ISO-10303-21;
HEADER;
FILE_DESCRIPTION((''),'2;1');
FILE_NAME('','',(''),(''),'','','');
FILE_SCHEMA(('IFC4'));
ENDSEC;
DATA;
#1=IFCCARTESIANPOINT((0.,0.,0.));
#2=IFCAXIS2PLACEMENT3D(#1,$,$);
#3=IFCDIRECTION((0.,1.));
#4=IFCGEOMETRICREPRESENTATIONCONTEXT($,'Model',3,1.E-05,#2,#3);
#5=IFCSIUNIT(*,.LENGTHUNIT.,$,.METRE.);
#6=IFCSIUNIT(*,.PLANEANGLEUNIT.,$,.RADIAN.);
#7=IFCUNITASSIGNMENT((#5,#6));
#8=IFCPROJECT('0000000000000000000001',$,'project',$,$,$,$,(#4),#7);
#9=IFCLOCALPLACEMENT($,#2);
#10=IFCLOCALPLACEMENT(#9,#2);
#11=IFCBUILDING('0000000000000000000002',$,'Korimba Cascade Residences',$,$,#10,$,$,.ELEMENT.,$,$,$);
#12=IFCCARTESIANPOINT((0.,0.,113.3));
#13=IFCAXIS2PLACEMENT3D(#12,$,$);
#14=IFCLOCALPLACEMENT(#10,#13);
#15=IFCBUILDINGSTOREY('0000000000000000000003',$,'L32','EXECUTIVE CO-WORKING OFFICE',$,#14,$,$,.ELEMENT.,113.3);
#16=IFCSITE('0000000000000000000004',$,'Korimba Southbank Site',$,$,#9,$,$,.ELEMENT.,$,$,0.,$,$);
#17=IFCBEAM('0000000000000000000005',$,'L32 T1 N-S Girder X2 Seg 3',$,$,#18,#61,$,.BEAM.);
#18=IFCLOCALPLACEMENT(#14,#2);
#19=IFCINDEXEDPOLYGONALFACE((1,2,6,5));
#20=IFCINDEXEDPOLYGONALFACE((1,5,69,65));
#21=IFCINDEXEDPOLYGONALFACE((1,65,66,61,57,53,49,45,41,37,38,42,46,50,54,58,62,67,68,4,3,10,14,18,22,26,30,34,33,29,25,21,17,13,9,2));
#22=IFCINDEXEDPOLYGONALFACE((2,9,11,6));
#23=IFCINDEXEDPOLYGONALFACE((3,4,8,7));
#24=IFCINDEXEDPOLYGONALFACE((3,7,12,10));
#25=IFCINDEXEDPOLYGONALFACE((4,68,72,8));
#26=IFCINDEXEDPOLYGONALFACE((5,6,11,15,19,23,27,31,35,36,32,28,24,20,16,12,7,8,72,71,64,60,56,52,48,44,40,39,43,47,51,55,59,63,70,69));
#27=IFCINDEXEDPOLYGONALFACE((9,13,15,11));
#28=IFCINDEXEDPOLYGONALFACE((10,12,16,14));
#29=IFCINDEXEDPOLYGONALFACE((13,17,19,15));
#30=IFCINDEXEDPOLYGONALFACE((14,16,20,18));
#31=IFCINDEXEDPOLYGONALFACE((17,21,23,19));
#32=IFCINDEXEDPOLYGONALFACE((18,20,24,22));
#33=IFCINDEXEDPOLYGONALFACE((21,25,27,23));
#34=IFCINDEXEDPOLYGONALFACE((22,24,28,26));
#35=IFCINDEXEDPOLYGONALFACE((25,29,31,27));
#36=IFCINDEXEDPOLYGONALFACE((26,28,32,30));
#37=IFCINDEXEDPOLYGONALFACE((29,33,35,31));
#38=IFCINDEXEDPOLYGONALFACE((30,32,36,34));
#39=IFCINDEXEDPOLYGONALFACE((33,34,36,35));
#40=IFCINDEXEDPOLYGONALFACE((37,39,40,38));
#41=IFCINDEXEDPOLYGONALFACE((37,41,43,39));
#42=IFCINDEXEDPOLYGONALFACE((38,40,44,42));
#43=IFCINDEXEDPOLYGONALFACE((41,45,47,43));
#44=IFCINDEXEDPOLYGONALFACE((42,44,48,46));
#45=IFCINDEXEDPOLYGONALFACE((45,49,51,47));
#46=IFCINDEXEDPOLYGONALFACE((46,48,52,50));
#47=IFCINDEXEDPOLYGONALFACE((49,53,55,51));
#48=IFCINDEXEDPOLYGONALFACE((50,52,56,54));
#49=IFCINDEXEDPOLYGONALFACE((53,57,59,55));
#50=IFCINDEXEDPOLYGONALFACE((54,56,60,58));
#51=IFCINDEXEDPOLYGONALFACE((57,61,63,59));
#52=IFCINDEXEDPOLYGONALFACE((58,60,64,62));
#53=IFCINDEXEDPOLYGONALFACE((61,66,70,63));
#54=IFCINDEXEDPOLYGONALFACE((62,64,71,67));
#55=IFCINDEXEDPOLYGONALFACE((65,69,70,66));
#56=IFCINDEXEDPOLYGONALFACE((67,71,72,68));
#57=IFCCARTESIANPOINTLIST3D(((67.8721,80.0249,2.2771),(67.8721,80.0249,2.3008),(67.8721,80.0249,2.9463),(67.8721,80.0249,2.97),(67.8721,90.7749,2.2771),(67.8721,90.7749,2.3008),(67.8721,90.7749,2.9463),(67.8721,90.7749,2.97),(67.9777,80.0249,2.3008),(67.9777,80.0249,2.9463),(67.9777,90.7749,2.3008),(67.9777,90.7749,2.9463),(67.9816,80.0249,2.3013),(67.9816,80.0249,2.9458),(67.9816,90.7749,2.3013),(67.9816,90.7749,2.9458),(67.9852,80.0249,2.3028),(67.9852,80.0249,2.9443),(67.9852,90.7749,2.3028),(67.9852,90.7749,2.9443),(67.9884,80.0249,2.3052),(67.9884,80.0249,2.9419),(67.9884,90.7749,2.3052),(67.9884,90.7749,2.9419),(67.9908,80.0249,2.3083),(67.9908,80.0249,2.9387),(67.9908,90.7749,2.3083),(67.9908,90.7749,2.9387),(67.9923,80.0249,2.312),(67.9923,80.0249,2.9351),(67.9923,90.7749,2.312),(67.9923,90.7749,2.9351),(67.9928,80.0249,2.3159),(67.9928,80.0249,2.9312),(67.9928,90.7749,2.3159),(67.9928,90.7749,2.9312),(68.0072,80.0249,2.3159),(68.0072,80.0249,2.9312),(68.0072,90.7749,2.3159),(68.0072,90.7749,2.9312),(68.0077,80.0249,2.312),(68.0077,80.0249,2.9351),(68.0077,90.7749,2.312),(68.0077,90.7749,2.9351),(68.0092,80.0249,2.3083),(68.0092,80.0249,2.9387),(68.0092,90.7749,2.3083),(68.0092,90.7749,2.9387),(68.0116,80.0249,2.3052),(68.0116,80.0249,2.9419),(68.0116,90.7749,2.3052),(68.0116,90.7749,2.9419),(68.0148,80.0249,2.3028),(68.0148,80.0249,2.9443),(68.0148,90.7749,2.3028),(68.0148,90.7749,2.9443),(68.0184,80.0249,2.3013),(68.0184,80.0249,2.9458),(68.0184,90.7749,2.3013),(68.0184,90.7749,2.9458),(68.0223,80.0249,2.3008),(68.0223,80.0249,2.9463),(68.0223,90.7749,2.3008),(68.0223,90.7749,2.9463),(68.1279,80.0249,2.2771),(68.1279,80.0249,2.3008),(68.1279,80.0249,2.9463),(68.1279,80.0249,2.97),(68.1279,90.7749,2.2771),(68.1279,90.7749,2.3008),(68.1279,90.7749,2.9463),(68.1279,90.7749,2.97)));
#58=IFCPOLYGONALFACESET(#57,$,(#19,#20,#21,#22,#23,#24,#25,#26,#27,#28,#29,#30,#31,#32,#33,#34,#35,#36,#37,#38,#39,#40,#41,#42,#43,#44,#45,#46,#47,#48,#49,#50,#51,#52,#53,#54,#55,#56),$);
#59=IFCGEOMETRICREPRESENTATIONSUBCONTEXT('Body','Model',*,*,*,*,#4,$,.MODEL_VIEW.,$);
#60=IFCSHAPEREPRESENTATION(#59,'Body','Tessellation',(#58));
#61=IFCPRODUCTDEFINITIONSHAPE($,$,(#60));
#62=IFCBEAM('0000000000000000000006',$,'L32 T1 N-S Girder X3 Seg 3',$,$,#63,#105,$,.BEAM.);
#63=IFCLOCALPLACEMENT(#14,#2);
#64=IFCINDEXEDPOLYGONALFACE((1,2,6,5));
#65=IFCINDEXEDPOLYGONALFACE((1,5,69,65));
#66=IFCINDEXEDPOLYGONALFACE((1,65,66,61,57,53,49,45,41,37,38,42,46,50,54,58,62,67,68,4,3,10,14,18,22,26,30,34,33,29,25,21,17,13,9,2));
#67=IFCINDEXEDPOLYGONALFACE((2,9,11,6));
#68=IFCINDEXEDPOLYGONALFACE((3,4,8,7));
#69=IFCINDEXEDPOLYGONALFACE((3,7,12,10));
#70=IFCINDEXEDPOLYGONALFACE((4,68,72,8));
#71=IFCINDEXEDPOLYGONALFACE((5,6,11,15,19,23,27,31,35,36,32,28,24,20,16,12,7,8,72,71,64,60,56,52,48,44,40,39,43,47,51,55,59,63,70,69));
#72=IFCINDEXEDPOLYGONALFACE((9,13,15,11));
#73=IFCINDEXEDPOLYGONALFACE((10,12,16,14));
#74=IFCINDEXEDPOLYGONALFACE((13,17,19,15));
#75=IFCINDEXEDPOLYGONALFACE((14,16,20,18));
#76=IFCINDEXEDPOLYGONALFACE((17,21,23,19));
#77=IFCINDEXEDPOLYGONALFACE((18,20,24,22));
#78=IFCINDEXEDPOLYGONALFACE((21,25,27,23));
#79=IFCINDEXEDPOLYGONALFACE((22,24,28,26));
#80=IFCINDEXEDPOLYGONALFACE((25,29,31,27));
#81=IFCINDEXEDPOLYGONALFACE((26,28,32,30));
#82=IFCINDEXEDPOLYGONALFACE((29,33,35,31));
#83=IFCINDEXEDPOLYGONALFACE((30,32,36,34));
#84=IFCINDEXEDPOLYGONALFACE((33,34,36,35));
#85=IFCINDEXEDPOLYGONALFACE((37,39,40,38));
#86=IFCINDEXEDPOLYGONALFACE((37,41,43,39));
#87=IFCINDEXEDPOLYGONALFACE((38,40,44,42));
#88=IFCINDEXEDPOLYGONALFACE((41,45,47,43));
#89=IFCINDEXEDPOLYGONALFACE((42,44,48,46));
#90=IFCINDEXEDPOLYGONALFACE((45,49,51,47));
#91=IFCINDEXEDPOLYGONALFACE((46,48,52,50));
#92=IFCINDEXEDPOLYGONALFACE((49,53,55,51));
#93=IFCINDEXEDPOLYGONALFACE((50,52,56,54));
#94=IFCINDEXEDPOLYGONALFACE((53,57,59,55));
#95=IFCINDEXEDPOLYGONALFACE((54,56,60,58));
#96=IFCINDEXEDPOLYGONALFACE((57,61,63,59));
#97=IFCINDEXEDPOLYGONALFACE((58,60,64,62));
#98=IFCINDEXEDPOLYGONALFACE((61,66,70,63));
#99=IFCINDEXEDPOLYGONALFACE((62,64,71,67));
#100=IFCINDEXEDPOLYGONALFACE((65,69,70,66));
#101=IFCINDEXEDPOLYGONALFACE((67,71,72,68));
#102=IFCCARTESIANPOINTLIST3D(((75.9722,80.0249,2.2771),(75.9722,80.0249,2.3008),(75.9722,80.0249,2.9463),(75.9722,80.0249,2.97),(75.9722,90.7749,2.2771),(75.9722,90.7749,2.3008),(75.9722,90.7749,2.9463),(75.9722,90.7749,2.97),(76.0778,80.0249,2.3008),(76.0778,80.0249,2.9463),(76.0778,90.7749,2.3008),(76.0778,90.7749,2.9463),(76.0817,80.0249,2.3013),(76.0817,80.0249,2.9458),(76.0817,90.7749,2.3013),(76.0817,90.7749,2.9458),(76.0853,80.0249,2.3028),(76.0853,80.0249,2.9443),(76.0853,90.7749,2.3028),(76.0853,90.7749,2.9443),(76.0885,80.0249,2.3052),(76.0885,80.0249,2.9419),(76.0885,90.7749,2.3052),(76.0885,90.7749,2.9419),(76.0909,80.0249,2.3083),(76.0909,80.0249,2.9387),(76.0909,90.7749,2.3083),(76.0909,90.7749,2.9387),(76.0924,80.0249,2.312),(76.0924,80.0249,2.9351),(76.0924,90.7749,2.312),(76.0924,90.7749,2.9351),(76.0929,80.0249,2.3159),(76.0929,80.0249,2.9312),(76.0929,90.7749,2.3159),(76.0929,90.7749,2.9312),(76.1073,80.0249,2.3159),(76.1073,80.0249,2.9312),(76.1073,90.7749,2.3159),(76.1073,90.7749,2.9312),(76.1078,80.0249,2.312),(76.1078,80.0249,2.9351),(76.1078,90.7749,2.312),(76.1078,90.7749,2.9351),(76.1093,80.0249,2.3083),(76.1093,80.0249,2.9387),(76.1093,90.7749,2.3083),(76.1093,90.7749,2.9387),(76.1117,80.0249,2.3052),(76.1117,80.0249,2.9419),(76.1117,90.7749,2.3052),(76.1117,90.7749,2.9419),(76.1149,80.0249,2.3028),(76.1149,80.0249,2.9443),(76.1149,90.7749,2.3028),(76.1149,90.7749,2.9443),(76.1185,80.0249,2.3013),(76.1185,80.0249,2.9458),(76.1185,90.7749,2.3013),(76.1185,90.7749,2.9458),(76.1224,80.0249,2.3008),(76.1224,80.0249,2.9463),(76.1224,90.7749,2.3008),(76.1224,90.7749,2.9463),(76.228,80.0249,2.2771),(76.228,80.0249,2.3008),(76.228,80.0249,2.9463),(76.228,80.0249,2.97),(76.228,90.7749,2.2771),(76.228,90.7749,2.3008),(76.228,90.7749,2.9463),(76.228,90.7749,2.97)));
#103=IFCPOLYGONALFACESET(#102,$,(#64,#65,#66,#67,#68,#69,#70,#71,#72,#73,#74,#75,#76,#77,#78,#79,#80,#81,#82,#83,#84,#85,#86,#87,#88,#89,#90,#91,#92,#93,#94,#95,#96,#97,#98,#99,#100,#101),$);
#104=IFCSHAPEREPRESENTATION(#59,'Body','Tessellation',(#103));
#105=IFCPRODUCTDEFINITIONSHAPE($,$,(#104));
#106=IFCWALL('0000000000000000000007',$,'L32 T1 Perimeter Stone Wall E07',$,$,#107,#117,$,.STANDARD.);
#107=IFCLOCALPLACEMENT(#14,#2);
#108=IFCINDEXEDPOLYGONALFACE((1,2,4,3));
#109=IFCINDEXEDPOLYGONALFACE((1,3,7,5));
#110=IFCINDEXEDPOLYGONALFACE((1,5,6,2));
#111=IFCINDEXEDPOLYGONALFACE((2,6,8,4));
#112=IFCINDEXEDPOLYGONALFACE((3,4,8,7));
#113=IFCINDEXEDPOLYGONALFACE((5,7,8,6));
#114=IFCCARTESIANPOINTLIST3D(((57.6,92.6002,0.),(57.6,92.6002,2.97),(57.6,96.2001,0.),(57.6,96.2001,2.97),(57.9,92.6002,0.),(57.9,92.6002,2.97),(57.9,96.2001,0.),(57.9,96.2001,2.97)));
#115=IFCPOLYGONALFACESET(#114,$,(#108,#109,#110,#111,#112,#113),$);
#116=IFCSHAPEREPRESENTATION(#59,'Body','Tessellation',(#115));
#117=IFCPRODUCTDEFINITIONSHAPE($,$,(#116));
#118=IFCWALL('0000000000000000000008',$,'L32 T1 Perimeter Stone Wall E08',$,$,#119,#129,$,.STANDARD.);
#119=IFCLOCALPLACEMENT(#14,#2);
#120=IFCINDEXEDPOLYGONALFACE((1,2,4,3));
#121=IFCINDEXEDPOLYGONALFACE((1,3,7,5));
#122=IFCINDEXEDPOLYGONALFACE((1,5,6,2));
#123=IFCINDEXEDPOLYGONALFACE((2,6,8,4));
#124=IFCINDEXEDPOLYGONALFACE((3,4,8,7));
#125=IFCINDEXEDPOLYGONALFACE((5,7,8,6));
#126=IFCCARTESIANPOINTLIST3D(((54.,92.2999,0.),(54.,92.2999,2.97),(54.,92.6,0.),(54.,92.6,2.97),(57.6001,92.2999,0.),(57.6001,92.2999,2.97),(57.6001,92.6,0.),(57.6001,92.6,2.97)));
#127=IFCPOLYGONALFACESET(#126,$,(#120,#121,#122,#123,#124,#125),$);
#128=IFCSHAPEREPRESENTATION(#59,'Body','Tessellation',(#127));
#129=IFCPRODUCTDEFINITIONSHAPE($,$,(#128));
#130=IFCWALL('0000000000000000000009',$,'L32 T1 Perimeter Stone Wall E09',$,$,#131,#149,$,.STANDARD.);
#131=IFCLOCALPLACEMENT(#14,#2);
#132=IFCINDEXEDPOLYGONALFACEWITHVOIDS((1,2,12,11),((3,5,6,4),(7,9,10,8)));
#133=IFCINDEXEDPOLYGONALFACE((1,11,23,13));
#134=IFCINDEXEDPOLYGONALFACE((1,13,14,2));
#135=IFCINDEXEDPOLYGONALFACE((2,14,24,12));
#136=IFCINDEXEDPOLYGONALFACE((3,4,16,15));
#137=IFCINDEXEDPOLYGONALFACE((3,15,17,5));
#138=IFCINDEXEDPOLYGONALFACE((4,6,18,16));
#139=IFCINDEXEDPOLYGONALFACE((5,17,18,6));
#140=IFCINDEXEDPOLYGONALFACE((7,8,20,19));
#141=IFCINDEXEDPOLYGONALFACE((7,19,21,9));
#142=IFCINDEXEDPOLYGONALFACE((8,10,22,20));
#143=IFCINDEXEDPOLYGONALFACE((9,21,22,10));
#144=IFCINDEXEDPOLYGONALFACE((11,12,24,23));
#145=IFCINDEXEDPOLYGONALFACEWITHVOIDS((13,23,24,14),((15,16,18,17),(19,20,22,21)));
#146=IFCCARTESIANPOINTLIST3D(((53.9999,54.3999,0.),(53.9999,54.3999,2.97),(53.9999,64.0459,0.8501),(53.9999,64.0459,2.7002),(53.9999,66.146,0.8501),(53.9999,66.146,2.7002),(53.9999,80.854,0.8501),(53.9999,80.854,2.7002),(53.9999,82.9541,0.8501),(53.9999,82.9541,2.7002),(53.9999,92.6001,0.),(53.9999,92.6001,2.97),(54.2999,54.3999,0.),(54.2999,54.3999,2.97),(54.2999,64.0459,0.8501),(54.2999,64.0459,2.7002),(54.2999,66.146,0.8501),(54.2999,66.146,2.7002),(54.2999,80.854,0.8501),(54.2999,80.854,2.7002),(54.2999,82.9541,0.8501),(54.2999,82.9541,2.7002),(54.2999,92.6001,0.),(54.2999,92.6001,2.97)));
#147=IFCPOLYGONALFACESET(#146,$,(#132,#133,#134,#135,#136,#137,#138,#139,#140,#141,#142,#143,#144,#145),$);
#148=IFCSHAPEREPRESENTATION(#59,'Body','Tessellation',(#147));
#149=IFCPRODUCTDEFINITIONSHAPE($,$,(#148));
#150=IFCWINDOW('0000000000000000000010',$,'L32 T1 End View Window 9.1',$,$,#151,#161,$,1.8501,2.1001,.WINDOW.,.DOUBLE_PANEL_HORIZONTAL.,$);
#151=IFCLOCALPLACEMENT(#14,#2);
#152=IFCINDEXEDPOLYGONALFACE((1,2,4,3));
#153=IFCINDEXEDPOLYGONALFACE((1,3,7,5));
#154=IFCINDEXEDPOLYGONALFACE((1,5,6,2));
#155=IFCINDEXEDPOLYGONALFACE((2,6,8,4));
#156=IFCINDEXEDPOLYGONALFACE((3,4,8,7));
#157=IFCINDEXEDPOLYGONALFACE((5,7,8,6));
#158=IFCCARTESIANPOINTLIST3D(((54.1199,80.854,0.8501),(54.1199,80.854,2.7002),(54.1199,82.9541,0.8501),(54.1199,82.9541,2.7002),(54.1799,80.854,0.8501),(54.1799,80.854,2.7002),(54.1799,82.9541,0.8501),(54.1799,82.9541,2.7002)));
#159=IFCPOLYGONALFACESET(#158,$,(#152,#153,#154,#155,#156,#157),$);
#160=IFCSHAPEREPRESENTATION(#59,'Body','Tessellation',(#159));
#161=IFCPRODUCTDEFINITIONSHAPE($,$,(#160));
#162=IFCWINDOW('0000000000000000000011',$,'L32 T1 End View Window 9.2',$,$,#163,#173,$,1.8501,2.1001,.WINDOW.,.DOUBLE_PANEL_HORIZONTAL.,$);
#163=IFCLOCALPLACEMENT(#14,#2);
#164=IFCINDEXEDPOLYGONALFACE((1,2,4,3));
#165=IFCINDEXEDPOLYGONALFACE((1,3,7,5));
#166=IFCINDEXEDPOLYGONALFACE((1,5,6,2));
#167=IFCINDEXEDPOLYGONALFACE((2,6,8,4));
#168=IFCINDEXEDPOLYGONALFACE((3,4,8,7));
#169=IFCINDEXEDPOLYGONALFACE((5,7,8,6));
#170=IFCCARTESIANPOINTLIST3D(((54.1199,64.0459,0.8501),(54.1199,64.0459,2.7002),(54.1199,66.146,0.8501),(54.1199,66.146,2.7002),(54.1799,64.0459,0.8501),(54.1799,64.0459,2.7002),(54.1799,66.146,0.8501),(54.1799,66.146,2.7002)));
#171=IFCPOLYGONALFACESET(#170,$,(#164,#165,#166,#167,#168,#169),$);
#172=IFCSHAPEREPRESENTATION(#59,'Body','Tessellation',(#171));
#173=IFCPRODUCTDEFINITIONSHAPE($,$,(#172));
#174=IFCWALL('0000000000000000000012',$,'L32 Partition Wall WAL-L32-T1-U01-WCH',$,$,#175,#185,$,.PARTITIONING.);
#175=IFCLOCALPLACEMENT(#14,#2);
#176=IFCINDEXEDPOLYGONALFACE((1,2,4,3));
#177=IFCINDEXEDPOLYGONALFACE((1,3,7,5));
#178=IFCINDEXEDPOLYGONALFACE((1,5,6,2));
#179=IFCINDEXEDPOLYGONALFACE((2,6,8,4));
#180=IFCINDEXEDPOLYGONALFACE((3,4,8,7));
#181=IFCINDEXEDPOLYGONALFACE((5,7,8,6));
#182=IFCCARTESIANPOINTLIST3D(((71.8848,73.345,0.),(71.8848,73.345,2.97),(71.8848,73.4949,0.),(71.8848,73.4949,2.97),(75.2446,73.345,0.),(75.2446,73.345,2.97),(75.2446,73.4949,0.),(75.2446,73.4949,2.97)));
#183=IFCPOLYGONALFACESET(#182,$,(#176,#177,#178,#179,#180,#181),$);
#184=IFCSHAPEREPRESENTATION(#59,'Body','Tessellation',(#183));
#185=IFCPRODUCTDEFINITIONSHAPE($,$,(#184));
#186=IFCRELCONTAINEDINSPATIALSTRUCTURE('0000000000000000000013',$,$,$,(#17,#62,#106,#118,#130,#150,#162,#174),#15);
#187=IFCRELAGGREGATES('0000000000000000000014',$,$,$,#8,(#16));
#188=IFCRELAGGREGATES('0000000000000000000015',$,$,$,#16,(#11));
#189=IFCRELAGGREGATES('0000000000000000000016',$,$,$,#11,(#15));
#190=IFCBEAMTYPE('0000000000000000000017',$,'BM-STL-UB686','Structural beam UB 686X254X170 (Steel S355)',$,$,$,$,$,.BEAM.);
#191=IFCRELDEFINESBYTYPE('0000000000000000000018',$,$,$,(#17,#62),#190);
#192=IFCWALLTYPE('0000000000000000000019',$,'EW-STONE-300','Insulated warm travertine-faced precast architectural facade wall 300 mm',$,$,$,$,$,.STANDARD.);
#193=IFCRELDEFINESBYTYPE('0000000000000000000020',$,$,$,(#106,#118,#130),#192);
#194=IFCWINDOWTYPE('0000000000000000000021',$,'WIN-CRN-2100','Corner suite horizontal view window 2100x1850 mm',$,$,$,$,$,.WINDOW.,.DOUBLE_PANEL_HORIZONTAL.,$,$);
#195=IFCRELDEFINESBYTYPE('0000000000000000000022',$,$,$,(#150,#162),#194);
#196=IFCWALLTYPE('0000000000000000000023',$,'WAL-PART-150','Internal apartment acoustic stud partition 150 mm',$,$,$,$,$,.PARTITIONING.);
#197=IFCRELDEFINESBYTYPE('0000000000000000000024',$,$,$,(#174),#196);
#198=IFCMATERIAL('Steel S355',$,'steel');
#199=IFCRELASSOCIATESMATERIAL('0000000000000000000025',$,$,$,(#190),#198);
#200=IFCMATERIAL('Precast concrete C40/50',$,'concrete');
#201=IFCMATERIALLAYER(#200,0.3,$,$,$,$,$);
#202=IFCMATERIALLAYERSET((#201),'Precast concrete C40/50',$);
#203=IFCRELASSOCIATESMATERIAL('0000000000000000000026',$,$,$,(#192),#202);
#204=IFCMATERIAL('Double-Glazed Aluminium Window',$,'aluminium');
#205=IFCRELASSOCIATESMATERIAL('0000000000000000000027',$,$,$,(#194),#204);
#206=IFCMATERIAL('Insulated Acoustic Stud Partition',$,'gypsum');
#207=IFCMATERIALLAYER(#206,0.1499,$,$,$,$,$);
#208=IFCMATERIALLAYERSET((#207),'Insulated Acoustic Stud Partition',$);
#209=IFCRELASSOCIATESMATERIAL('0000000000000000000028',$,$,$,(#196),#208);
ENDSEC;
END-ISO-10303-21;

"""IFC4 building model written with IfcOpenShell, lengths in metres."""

from ifc_helpers import new_model, si_unit, direction, frame, frame_2d, origin, origin_2d, place, context, subcontext, project, spatial, rectangle, i_section, extrude, material, layer, layer_set, material_profile, profile_set, type_object, element, fill, save


model = new_model("IFC4")

# Units and contexts
model_context = context("Model", 3, precision=1e-05, world=origin(), true_north=direction((0.0, 1.0)))
body_context = subcontext(model_context, "Body", "Model", "MODEL_VIEW")
ifc_project = project(units=[si_unit("LENGTHUNIT", "METRE"), si_unit("PLANEANGLEUNIT", "RADIAN")], contexts=[model_context])

# Site, building, storey
site_placement = place(None, origin())
site = spatial("IfcSite", under=ifc_project, at=site_placement, Name="Korimba Southbank Site", CompositionType="ELEMENT", RefElevation=0.0)
building_placement = place(site_placement, origin())
building = spatial("IfcBuilding", under=site, at=building_placement, Name="Korimba Cascade Residences", CompositionType="ELEMENT")
storey_placement = place(building_placement, frame((0.0, 0.0, 113.3)))
storey = spatial("IfcBuildingStorey", under=building, at=storey_placement, Name="L32", Description="EXECUTIVE CO-WORKING OFFICE", CompositionType="ELEMENT", Elevation=113.3)

# Beams
ifc_material_1 = material(Name="Steel S355", Category="steel")
ifc_material_profile_1 = material_profile(ifc_material_1, i_section(OverallWidth=0.2559, OverallDepth=0.6929, WebThickness=0.0144, FlangeThickness=0.0237, FilletRadius=0.0151, at=origin_2d()), Name="Steel S355")
ifc_profile_set_1 = profile_set([ifc_material_profile_1], Name="Steel S355")
beam_type_1 = type_object("IfcBeamType", Name="BM-STL-UB686", Description="Structural beam UB 686X254X170 (Steel S355)", PredefinedType="BEAM", material=ifc_profile_set_1)
for number, where, z_axis, x_axis, name in (
    (1, (68.0, 80.0249, 2.6235), (0.0, 1.0, 0.0), (-1.0, 0.0, 0.0), "L32 T1 N-S Girder X2 Seg 3"),
    (2, (76.1001, 80.0249, 2.6235), (0.0, 1.0, 0.0), (-1.0, 0.0, 0.0), "L32 T1 N-S Girder X3 Seg 3"),
):
    element("IfcBeam", number, at=place(storey_placement, frame(where, z_axis=z_axis, x_axis=x_axis)), inside=storey, type_object=beam_type_1, Name=name, PredefinedType="BEAM", context=body_context, shape_type="SweptSolid", body=[
        extrude(i_section(OverallWidth=0.2559, OverallDepth=0.6929, WebThickness=0.0144, FlangeThickness=0.0237, FilletRadius=0.0151, at=origin_2d()), origin(), (0.0, 0.0, 1.0), 10.75),
    ])

# Walls
ifc_material_2 = material(Name="Precast concrete C40/50", Category="concrete")
ifc_layer_1 = layer(ifc_material_2, 0.3)
ifc_layer_set_1 = layer_set([ifc_layer_1], Name="Precast concrete C40/50")
wall_type_1 = type_object("IfcWallType", Name="EW-STONE-300", Description="Insulated warm travertine-faced precast architectural facade wall 300 mm", PredefinedType="STANDARD", material=ifc_layer_set_1)
wall_1_placement = place(storey_placement, frame((57.75, 96.2, 0.0), z_axis=(0.0, 0.0, 1.0), x_axis=(0.0, -1.0, 0.0)))
element("IfcWall", 3, at=wall_1_placement, inside=storey, type_object=wall_type_1, Name="L32 T1 Perimeter Stone Wall E07", PredefinedType="STANDARD", context=body_context, shape_type="SweptSolid", body=[
    extrude(rectangle(XDim=3.5999, YDim=0.3, at=frame_2d((1.7998, 0.0))), origin(), (0.0, 0.0, 1.0), 2.97),
])
wall_2_placement = place(storey_placement, frame((57.6001, 92.45, 0.0), z_axis=(0.0, 0.0, 1.0), x_axis=(-1.0, 0.0, 0.0)))
element("IfcWall", 4, at=wall_2_placement, inside=storey, type_object=wall_type_1, Name="L32 T1 Perimeter Stone Wall E08", PredefinedType="STANDARD", context=body_context, shape_type="SweptSolid", body=[
    extrude(rectangle(XDim=3.6001, YDim=0.3, at=frame_2d((1.8, 0.0))), origin(), (0.0, 0.0, 1.0), 2.97),
])

# Wall, openings, windows
wall_3_placement = place(storey_placement, frame((54.1499, 92.6001, 0.0), z_axis=(0.0, 0.0, 1.0), x_axis=(0.0, -1.0, 0.0)))
wall_3 = element("IfcWall", 5, at=wall_3_placement, inside=storey, type_object=wall_type_1, Name="L32 T1 Perimeter Stone Wall E09", PredefinedType="STANDARD", context=body_context, shape_type="SweptSolid", body=[
    extrude(rectangle(XDim=38.2002, YDim=0.3, at=frame_2d((19.1001, 0.0))), origin(), (0.0, 0.0, 1.0), 2.97),
])
opening_1_placement = place(wall_3_placement, frame((9.646, 0.0, 0.8501)))
opening_1 = element("IfcOpeningElement", 6, at=opening_1_placement, cuts=wall_3, PredefinedType="OPENING", context=body_context, shape_type="SweptSolid", body=[
    extrude(rectangle(XDim=2.1001, YDim=1.8501, at=frame_2d((1.05, 0.925))), frame((0.0, 0.1602, 0.0), z_axis=(0.0, -1.0, 0.0), x_axis=(1.0, 0.0, 0.0)), (0.0, 0.0, 1.0), 0.3201),
])
opening_2_placement = place(wall_3_placement, frame((26.4541, 0.0, 0.8501)))
opening_2 = element("IfcOpeningElement", 7, at=opening_2_placement, cuts=wall_3, PredefinedType="OPENING", context=body_context, shape_type="SweptSolid", body=[
    extrude(rectangle(XDim=2.1001, YDim=1.8501, at=frame_2d((1.05, 0.925))), frame((0.0, 0.1602, 0.0), z_axis=(0.0, -1.0, 0.0), x_axis=(1.0, 0.0, 0.0)), (0.0, 0.0, 1.0), 0.3201),
])
ifc_material_3 = material(Name="Double-Glazed Aluminium Window", Category="aluminium")
window_type = type_object("IfcWindowType", Name="WIN-CRN-2100", Description="Corner suite horizontal view window 2100x1850 mm", PartitioningType="DOUBLE_PANEL_HORIZONTAL", PredefinedType="WINDOW", material=ifc_material_3)
window_1_placement = place(opening_1_placement, origin())
window_1 = element("IfcWindow", 8, at=window_1_placement, inside=storey, type_object=window_type, Name="L32 T1 End View Window 9.1", OverallHeight=1.8501, OverallWidth=2.1001, PartitioningType="DOUBLE_PANEL_HORIZONTAL", PredefinedType="WINDOW", context=body_context, shape_type="SweptSolid", body=[
    extrude(rectangle(XDim=2.1001, YDim=1.8501, at=frame_2d((1.05, 0.925))), frame((0.0, 0.03, 0.0), z_axis=(0.0, -1.0, 0.0), x_axis=(1.0, 0.0, 0.0)), (0.0, 0.0, 1.0), 0.0601),
])
fill(opening_1, window_1)
window_2_placement = place(opening_2_placement, origin())
window_2 = element("IfcWindow", 9, at=window_2_placement, inside=storey, type_object=window_type, Name="L32 T1 End View Window 9.2", OverallHeight=1.8501, OverallWidth=2.1001, PartitioningType="DOUBLE_PANEL_HORIZONTAL", PredefinedType="WINDOW", context=body_context, shape_type="SweptSolid", body=[
    extrude(rectangle(XDim=2.1001, YDim=1.8501, at=frame_2d((1.05, 0.925))), frame((0.0, 0.03, 0.0), z_axis=(0.0, -1.0, 0.0), x_axis=(1.0, 0.0, 0.0)), (0.0, 0.0, 1.0), 0.0601),
])
fill(opening_2, window_2)

# Wall
ifc_material_4 = material(Name="Insulated Acoustic Stud Partition", Category="gypsum")
ifc_layer_2 = layer(ifc_material_4, 0.1499)
ifc_layer_set_2 = layer_set([ifc_layer_2], Name="Insulated Acoustic Stud Partition")
wall_type_2 = type_object("IfcWallType", Name="WAL-PART-150", Description="Internal apartment acoustic stud partition 150 mm", PredefinedType="PARTITIONING", material=ifc_layer_set_2)
for number, where, z_axis, x_axis, name in (
    (10, (71.8848, 73.4199, 0.0), (0.0, 0.0, 1.0), (1.0, 0.0, 0.0), "L32 Partition Wall WAL-L32-T1-U01-WCH"),
):
    element("IfcWall", number, at=place(storey_placement, frame(where, z_axis=z_axis, x_axis=x_axis)), inside=storey, type_object=wall_type_2, Name=name, PredefinedType="PARTITIONING", context=body_context, shape_type="SweptSolid", body=[
        extrude(rectangle(XDim=3.3599, YDim=0.1499, at=frame_2d((1.6799, 0.0))), origin(), (0.0, 0.0, 1.0), 2.97),
    ])

save(model, "model.ifc")
